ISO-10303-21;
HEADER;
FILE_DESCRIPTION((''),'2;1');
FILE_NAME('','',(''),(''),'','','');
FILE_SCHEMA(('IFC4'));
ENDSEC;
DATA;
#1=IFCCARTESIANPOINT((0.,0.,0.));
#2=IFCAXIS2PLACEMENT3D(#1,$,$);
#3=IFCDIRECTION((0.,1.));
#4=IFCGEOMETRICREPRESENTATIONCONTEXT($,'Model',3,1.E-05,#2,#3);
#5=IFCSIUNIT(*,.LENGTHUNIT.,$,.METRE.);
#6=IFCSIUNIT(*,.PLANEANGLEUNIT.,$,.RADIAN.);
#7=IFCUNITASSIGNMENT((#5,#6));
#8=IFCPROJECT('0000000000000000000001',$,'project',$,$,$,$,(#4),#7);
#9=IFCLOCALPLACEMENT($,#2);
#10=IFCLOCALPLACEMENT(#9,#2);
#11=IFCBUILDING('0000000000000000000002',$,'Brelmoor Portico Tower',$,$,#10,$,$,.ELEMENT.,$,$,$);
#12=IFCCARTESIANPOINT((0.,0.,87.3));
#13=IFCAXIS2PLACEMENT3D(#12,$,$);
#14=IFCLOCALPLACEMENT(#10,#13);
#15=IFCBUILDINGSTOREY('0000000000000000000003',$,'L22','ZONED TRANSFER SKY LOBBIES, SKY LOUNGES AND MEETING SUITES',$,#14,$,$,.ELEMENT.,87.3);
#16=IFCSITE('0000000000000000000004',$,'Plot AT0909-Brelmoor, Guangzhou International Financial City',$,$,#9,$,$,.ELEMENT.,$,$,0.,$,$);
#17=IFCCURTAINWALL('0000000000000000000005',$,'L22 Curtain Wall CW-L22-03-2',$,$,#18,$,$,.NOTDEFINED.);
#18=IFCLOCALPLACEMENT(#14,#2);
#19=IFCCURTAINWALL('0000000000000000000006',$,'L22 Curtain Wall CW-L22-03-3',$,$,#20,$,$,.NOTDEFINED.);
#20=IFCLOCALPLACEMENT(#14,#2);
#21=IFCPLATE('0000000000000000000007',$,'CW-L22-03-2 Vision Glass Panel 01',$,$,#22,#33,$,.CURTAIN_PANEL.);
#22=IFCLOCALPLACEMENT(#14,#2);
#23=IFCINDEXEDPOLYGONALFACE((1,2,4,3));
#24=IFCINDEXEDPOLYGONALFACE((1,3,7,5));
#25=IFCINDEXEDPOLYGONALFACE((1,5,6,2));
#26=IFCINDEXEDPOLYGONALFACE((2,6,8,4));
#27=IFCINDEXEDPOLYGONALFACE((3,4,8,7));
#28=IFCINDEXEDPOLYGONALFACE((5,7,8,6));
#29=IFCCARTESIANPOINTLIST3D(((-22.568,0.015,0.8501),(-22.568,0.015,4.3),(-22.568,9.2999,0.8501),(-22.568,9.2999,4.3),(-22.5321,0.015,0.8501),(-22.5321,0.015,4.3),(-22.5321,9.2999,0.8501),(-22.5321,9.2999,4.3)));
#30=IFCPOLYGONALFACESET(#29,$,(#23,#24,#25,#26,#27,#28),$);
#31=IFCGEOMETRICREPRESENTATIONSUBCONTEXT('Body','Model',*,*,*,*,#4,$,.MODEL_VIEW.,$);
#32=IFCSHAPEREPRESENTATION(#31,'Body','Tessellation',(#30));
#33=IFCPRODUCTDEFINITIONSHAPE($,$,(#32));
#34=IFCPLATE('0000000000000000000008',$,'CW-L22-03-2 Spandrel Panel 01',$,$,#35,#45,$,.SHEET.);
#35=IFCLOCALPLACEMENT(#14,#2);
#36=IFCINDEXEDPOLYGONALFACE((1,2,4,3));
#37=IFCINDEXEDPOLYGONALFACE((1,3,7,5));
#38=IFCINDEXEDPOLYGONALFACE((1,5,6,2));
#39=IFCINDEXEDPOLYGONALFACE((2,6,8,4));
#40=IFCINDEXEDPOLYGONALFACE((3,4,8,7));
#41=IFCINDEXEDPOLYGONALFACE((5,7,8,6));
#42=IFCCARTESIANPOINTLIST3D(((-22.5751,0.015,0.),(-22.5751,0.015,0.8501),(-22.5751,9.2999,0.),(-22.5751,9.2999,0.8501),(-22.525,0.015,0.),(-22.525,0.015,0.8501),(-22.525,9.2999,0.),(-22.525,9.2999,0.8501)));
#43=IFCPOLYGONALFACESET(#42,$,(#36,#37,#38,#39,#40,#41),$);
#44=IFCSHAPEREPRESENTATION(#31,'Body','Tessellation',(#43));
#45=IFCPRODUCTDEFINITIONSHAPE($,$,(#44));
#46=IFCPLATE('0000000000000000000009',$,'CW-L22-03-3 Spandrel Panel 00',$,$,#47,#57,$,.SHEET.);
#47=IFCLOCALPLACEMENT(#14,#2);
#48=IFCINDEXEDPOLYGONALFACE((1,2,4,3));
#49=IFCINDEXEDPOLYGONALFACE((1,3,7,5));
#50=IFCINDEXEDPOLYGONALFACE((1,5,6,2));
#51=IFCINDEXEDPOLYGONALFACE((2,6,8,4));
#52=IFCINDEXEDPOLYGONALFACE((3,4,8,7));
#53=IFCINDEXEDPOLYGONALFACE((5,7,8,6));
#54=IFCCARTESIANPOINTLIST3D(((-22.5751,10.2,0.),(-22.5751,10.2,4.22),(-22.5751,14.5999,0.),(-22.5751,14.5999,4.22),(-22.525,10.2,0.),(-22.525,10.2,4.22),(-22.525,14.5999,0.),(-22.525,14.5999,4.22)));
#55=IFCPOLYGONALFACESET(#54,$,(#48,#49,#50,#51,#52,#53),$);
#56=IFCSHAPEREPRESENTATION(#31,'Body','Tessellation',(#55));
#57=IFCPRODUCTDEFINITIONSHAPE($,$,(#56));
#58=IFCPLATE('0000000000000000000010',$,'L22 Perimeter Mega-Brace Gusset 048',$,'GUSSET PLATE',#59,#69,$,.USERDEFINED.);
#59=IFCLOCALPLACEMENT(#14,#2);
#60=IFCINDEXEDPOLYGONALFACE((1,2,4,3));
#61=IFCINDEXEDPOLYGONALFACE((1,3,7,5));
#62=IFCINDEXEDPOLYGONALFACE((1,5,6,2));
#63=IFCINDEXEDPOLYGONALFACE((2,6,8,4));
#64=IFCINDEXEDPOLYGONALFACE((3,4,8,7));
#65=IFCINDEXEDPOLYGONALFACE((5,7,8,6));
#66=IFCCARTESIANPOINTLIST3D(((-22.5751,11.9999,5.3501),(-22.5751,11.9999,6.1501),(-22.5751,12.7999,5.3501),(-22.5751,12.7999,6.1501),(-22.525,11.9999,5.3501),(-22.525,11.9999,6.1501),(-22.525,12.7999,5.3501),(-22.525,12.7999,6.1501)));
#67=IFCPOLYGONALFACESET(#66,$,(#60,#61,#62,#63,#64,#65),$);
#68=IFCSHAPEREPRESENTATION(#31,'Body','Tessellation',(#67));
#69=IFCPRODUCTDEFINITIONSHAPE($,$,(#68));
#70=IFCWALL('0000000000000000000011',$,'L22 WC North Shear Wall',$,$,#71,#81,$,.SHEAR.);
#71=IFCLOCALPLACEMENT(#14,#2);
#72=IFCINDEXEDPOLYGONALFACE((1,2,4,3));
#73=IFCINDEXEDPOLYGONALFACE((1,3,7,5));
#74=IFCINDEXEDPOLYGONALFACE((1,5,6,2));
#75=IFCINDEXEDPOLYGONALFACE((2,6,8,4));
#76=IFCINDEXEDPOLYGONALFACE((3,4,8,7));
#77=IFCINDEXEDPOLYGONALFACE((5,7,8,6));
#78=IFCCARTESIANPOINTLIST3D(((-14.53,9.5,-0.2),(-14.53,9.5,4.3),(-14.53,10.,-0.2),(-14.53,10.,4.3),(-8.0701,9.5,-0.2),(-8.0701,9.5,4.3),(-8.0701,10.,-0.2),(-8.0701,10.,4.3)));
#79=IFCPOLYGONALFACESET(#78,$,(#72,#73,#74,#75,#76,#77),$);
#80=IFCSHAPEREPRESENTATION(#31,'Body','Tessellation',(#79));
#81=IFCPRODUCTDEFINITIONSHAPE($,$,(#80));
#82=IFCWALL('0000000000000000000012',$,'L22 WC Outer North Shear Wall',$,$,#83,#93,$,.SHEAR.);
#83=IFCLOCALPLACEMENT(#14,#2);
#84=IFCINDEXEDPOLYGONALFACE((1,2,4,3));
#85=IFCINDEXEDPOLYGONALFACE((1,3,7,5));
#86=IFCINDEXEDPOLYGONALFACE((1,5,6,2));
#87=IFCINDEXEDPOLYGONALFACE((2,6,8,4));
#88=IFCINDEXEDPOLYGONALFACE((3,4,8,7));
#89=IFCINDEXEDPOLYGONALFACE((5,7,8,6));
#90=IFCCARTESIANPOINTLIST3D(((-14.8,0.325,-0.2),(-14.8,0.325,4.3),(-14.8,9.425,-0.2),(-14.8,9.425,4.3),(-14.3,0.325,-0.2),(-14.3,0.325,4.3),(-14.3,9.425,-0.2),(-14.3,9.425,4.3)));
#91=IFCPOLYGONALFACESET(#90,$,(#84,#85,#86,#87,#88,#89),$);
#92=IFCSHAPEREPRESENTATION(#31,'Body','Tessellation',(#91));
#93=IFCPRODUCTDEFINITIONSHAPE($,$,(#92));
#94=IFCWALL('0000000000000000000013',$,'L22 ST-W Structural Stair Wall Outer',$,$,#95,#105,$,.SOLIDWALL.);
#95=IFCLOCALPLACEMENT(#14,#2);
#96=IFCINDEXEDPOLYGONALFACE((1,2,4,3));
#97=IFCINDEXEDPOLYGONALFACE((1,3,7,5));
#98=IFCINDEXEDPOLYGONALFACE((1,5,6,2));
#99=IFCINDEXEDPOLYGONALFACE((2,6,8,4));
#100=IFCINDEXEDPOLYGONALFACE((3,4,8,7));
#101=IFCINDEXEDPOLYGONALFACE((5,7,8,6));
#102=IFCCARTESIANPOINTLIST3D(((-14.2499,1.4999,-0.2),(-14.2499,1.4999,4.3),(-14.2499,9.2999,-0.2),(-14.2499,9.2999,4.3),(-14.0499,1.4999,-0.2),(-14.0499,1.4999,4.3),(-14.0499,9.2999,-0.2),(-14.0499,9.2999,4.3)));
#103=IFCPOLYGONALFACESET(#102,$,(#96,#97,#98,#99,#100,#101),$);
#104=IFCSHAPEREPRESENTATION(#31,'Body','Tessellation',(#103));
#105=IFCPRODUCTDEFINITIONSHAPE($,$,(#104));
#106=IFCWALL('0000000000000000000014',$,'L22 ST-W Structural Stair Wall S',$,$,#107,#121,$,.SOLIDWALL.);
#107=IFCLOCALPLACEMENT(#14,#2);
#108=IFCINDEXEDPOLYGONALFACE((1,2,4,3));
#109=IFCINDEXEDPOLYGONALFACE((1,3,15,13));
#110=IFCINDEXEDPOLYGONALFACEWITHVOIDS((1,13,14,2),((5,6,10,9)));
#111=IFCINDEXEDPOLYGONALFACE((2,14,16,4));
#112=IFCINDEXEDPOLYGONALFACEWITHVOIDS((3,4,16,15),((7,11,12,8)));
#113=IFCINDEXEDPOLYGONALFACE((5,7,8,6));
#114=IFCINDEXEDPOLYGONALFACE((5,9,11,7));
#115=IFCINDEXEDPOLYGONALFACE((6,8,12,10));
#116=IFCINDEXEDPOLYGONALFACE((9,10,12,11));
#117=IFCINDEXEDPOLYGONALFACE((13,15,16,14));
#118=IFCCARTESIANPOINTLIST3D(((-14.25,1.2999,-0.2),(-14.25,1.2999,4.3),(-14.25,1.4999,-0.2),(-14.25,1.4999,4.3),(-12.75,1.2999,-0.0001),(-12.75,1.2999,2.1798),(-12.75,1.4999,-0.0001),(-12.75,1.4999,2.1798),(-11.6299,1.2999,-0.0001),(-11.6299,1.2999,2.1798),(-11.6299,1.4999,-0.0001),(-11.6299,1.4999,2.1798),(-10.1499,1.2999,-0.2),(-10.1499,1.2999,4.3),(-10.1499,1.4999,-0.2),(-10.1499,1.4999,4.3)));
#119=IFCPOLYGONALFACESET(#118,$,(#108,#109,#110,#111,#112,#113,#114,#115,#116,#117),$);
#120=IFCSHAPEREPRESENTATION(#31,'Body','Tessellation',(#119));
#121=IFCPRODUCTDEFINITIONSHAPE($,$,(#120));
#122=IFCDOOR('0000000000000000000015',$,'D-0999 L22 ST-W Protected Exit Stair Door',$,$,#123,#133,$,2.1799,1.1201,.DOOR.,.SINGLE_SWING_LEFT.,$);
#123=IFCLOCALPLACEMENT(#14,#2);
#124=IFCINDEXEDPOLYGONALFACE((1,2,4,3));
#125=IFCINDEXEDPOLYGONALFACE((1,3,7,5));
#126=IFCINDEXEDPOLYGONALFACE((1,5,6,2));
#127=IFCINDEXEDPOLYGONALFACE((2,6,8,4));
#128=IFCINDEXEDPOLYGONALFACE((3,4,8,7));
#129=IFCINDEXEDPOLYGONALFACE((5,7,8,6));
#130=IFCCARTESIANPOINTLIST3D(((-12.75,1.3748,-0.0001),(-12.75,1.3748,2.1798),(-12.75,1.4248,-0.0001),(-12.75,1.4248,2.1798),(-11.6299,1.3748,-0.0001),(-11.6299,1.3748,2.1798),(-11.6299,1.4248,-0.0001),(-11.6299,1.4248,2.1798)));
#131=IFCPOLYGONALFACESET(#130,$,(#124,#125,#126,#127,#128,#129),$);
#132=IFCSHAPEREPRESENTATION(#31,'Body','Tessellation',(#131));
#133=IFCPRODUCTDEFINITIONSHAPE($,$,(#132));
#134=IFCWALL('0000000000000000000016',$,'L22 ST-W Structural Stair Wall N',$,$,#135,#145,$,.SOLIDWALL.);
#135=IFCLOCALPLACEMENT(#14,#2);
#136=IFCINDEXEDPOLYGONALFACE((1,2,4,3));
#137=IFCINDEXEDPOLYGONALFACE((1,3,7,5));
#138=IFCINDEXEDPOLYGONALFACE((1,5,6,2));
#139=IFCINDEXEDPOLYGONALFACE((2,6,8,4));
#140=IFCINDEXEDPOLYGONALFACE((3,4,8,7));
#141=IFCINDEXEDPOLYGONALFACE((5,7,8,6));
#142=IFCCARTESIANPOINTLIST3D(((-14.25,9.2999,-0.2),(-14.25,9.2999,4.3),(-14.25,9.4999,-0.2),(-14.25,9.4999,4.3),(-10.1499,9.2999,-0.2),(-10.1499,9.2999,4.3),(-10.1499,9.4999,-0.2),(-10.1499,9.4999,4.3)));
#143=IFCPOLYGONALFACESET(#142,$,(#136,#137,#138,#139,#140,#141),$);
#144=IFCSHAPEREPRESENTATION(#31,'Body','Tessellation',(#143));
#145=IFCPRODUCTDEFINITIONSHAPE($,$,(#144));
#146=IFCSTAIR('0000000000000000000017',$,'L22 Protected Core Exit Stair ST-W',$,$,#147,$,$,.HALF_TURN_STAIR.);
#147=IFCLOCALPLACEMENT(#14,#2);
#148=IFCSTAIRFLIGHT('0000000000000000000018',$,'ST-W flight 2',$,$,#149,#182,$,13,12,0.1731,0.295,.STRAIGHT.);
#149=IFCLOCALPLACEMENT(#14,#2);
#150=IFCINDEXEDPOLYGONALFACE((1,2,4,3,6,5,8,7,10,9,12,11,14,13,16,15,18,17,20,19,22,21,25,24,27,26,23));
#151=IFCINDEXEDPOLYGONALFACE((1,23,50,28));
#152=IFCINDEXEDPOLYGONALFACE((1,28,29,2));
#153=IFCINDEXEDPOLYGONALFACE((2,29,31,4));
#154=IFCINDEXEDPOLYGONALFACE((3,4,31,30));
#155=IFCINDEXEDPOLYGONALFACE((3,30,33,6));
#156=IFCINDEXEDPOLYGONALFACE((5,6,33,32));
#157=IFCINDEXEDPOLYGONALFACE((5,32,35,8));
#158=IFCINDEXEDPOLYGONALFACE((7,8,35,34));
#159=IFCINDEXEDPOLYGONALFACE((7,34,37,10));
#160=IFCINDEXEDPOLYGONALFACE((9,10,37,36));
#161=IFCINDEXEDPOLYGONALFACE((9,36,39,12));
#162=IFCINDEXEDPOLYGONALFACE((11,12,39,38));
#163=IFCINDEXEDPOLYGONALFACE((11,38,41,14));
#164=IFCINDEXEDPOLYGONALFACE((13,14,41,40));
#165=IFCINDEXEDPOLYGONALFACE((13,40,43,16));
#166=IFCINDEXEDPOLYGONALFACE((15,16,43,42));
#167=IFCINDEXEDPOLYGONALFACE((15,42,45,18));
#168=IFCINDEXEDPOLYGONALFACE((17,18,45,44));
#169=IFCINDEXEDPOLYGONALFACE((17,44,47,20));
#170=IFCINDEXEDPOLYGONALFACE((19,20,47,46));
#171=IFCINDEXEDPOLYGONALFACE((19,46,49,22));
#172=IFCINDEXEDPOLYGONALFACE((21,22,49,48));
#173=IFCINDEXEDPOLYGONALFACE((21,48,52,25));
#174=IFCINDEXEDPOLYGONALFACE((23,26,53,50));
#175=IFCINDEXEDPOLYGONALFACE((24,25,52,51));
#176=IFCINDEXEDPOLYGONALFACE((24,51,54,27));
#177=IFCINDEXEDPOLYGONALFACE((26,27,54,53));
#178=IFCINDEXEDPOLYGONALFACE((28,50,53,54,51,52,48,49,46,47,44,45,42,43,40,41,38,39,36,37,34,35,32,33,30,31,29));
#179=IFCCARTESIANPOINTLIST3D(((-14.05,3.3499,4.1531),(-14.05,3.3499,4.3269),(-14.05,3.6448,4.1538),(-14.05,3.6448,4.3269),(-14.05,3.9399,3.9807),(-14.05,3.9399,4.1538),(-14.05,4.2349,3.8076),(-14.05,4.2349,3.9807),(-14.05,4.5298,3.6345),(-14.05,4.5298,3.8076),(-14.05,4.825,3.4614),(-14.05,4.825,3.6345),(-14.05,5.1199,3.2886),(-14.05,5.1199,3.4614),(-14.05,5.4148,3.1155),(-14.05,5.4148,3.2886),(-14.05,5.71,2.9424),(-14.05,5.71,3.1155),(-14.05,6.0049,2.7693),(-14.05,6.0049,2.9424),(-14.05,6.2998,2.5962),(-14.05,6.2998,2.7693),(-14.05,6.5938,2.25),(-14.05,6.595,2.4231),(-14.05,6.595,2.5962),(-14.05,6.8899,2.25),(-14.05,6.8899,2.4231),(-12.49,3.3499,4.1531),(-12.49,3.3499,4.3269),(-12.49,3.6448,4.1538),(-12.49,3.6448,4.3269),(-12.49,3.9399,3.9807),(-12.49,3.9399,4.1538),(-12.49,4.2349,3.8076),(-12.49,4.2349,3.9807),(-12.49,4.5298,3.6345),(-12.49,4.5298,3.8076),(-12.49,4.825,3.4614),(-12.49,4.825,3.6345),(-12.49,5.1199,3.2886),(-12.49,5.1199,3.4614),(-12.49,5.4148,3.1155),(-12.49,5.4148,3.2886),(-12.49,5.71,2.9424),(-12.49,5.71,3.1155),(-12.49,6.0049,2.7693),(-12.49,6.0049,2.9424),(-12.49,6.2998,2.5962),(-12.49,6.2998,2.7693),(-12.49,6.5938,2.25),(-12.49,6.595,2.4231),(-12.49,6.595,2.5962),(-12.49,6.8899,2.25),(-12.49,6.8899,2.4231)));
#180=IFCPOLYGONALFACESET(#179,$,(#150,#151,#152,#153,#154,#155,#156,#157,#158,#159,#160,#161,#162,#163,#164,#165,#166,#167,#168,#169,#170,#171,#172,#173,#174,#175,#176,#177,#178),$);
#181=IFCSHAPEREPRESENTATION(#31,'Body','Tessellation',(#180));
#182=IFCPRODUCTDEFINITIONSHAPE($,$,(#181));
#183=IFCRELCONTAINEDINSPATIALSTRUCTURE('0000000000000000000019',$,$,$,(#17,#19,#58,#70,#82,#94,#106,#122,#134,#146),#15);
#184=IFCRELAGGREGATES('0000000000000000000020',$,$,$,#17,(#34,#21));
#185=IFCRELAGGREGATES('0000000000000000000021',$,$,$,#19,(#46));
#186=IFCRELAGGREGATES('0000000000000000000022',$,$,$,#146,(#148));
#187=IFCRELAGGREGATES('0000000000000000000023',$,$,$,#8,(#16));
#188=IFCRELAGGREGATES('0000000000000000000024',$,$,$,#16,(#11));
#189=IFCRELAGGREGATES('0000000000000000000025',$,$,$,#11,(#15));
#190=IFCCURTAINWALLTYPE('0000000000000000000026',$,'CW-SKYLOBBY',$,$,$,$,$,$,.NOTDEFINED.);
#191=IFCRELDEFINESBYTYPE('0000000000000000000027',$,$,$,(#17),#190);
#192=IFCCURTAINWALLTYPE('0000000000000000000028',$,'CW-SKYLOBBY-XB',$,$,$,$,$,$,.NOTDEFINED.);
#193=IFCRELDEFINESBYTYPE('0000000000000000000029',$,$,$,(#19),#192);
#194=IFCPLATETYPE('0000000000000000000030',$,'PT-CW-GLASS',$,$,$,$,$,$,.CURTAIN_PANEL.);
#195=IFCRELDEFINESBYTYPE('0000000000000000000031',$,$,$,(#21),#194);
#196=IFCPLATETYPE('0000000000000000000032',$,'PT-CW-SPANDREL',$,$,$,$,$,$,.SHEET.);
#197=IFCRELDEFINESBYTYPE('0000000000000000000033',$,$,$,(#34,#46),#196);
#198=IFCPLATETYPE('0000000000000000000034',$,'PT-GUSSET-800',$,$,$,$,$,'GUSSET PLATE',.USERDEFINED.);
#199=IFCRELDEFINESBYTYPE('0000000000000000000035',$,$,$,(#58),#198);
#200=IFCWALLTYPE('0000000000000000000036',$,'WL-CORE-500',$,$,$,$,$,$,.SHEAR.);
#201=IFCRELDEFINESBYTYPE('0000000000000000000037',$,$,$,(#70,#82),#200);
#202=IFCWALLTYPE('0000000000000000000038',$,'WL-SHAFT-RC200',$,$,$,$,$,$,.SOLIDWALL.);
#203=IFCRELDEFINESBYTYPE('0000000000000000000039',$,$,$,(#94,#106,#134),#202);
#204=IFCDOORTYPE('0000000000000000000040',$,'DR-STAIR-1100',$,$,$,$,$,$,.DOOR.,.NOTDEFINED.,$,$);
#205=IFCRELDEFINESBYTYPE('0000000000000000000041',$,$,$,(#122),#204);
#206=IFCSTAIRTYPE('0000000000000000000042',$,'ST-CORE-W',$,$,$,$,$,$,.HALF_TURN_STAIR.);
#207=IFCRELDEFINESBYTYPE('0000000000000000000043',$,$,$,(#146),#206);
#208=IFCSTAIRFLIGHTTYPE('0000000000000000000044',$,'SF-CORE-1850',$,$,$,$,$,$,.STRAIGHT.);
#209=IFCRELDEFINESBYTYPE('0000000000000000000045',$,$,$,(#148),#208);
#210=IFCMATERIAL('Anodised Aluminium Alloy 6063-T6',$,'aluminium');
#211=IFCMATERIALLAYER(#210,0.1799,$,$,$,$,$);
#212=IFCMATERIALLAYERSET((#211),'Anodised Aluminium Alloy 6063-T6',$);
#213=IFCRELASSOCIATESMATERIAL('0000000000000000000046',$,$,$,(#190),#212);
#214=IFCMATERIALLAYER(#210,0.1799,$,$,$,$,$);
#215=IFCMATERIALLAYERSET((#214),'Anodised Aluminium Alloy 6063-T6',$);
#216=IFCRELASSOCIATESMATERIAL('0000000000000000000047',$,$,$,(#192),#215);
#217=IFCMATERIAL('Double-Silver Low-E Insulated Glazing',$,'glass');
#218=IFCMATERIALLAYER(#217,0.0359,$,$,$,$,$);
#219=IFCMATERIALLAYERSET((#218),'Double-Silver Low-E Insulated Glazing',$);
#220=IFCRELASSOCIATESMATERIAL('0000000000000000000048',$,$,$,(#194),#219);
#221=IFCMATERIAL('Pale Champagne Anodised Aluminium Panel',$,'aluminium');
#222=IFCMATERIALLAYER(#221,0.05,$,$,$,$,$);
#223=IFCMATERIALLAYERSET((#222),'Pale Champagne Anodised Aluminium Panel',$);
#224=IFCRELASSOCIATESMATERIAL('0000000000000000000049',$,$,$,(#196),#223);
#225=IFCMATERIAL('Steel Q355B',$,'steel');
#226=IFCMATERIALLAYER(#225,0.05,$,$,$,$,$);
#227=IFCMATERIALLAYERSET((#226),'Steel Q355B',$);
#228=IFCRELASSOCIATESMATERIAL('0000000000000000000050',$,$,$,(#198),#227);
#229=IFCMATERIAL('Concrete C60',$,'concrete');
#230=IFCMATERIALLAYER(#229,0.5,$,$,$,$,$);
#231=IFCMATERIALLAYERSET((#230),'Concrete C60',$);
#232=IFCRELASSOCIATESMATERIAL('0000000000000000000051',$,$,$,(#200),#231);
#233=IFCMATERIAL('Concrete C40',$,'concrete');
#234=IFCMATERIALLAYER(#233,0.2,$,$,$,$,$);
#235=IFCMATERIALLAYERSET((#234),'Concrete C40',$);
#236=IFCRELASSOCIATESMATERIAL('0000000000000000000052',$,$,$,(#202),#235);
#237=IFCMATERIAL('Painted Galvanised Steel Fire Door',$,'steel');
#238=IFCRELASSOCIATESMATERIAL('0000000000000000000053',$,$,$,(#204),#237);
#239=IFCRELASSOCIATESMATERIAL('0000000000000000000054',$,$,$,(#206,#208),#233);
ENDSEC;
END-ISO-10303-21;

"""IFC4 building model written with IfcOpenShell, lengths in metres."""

from ifc_helpers import new_model, si_unit, direction, frame, frame_2d, origin, origin_2d, place, context, subcontext, project, spatial, polyline, rectangle, outline, extrude, material, layer, layer_set, type_object, element, fill, aggregate, save


model = new_model("IFC4")

# Units and contexts
model_context = context("Model", 3, precision=1e-05, world=origin(), true_north=direction((0.0, 1.0)))
body_context = subcontext(model_context, "Body", "Model", "MODEL_VIEW")
ifc_project = project(units=[si_unit("LENGTHUNIT", "METRE"), si_unit("PLANEANGLEUNIT", "RADIAN")], contexts=[model_context])

# Site, building, storey
site_placement = place(None, origin())
site = spatial("IfcSite", under=ifc_project, at=site_placement, Name="Plot AT0909-Brelmoor, Guangzhou International Financial City", CompositionType="ELEMENT", RefElevation=0.0)
building_placement = place(site_placement, origin())
building = spatial("IfcBuilding", under=site, at=building_placement, Name="Brelmoor Portico Tower", CompositionType="ELEMENT")
storey_placement = place(building_placement, frame((0.0, 0.0, 87.3)))
storey = spatial("IfcBuildingStorey", under=building, at=storey_placement, Name="L22", Description="ZONED TRANSFER SKY LOBBIES, SKY LOUNGES AND MEETING SUITES", CompositionType="ELEMENT", Elevation=87.3)

# Shared definitions
ifc_material_1 = material(Name="Steel Q355B", Category="steel")

# Curtain wall
ifc_material_2 = material(Name="Anodised Aluminium Alloy 6063-T6", Category="aluminium")
ifc_layer_1 = layer(ifc_material_2, 0.1799)
ifc_layer_set_1 = layer_set([ifc_layer_1], Name="Anodised Aluminium Alloy 6063-T6")
curtain_wall_type_1 = type_object("IfcCurtainWallType", Name="CW-SKYLOBBY", PredefinedType="NOTDEFINED", material=ifc_layer_set_1)
curtain_wall_1_placement = place(storey_placement, origin())
curtain_wall_1 = element("IfcCurtainWall", 1, at=curtain_wall_1_placement, inside=storey, type_object=curtain_wall_type_1, Name="L22 Curtain Wall CW-L22-03-2", PredefinedType="NOTDEFINED")

# Curtain wall
ifc_layer_2 = layer(ifc_material_2, 0.1799)
ifc_layer_set_2 = layer_set([ifc_layer_2], Name="Anodised Aluminium Alloy 6063-T6")
curtain_wall_type_2 = type_object("IfcCurtainWallType", Name="CW-SKYLOBBY-XB", PredefinedType="NOTDEFINED", material=ifc_layer_set_2)
curtain_wall_2_placement = place(storey_placement, origin())
curtain_wall_2 = element("IfcCurtainWall", 2, at=curtain_wall_2_placement, inside=storey, type_object=curtain_wall_type_2, Name="L22 Curtain Wall CW-L22-03-3", PredefinedType="NOTDEFINED")

# Plates
ifc_material_3 = material(Name="Double-Silver Low-E Insulated Glazing", Category="glass")
ifc_layer_3 = layer(ifc_material_3, 0.0359)
ifc_layer_set_3 = layer_set([ifc_layer_3], Name="Double-Silver Low-E Insulated Glazing")
plate_type_1 = type_object("IfcPlateType", Name="PT-CW-GLASS", PredefinedType="CURTAIN_PANEL", material=ifc_layer_set_3)
plate_1_placement = place(storey_placement, frame((-22.55, 4.6575, 0.8501), z_axis=(0.0, 0.0, 1.0), x_axis=(0.0, 1.0, 0.0)))
plate_1 = element("IfcPlate", 3, at=plate_1_placement, type_object=plate_type_1, Name="CW-L22-03-2 Vision Glass Panel 01", PredefinedType="CURTAIN_PANEL", context=body_context, shape_type="SweptSolid", body=[
    extrude(rectangle(XDim=9.2849, YDim=0.0359, at=origin_2d()), origin(), (0.0, 0.0, 1.0), 3.45),
])
ifc_material_4 = material(Name="Pale Champagne Anodised Aluminium Panel", Category="aluminium")
ifc_layer_4 = layer(ifc_material_4, 0.05)
ifc_layer_set_4 = layer_set([ifc_layer_4], Name="Pale Champagne Anodised Aluminium Panel")
plate_type_2 = type_object("IfcPlateType", Name="PT-CW-SPANDREL", PredefinedType="SHEET", material=ifc_layer_set_4)
plate_2_placement = place(storey_placement, frame((-22.55, 4.6575, 0.0), z_axis=(0.0, 0.0, 1.0), x_axis=(0.0, 1.0, 0.0)))
plate_2 = element("IfcPlate", 4, at=plate_2_placement, type_object=plate_type_2, Name="CW-L22-03-2 Spandrel Panel 01", PredefinedType="SHEET", context=body_context, shape_type="SweptSolid", body=[
    extrude(rectangle(XDim=9.2849, YDim=0.05, at=origin_2d()), origin(), (0.0, 0.0, 1.0), 0.8501),
])
aggregate(curtain_wall_1, [plate_2, plate_1])
plate_3_placement = place(storey_placement, frame((-22.55, 12.3999, 0.0), z_axis=(0.0, 0.0, 1.0), x_axis=(0.0, 1.0, 0.0)))
plate_3 = element("IfcPlate", 5, at=plate_3_placement, type_object=plate_type_2, Name="CW-L22-03-3 Spandrel Panel 00", PredefinedType="SHEET", context=body_context, shape_type="SweptSolid", body=[
    extrude(rectangle(XDim=4.3999, YDim=0.05, at=origin_2d()), origin(), (0.0, 0.0, 1.0), 4.22),
])
aggregate(curtain_wall_2, [plate_3])
ifc_layer_5 = layer(ifc_material_1, 0.05)
ifc_layer_set_5 = layer_set([ifc_layer_5], Name="Steel Q355B")
plate_type_3 = type_object("IfcPlateType", Name="PT-GUSSET-800", ElementType="GUSSET PLATE", PredefinedType="USERDEFINED", material=ifc_layer_set_5)
plate_4_placement = place(storey_placement, frame((-22.55, 12.3999, 5.3501), z_axis=(0.0, 0.0, 1.0), x_axis=(1.0, 0.0, 0.0)))
element("IfcPlate", 6, at=plate_4_placement, inside=storey, type_object=plate_type_3, Name="L22 Perimeter Mega-Brace Gusset 048", ObjectType="GUSSET PLATE", PredefinedType="USERDEFINED", context=body_context, shape_type="SweptSolid", body=[
    extrude(rectangle(XDim=0.05, YDim=0.8, at=origin_2d()), origin(), (0.0, 0.0, 1.0), 0.8),
])

# Walls
ifc_material_5 = material(Name="Concrete C60", Category="concrete")
ifc_layer_6 = layer(ifc_material_5, 0.5)
ifc_layer_set_6 = layer_set([ifc_layer_6], Name="Concrete C60")
wall_type_1 = type_object("IfcWallType", Name="WL-CORE-500", PredefinedType="SHEAR", material=ifc_layer_set_6)
wall_1_placement = place(storey_placement, frame((-14.53, 9.75, -0.2), z_axis=(0.0, 0.0, 1.0), x_axis=(1.0, 0.0, 0.0)))
element("IfcWall", 7, at=wall_1_placement, inside=storey, type_object=wall_type_1, Name="L22 WC North Shear Wall", PredefinedType="SHEAR", context=body_context, shape_type="SweptSolid", body=[
    extrude(rectangle(XDim=6.46, YDim=0.5, at=frame_2d((3.23, 0.0))), origin(), (0.0, 0.0, 1.0), 4.5),
])
wall_2_placement = place(storey_placement, frame((-14.55, 0.325, -0.2), z_axis=(0.0, 0.0, 1.0), x_axis=(0.0, 1.0, 0.0)))
element("IfcWall", 8, at=wall_2_placement, inside=storey, type_object=wall_type_1, Name="L22 WC Outer North Shear Wall", PredefinedType="SHEAR", context=body_context, shape_type="SweptSolid", body=[
    extrude(rectangle(XDim=9.1001, YDim=0.5, at=frame_2d((4.55, 0.0))), origin(), (0.0, 0.0, 1.0), 4.5),
])
ifc_material_6 = material(Name="Concrete C40", Category="concrete")
ifc_layer_7 = layer(ifc_material_6, 0.2)
ifc_layer_set_7 = layer_set([ifc_layer_7], Name="Concrete C40")
wall_type_2 = type_object("IfcWallType", Name="WL-SHAFT-RC200", PredefinedType="SOLIDWALL", material=ifc_layer_set_7)
wall_3_placement = place(storey_placement, frame((-14.1499, 1.5, -0.2), z_axis=(0.0, 0.0, 1.0), x_axis=(0.0, 1.0, 0.0)))
element("IfcWall", 9, at=wall_3_placement, inside=storey, type_object=wall_type_2, Name="L22 ST-W Structural Stair Wall Outer", PredefinedType="SOLIDWALL", context=body_context, shape_type="SweptSolid", body=[
    extrude(rectangle(XDim=7.8, YDim=0.2, at=frame_2d((3.8999, 0.0))), origin(), (0.0, 0.0, 1.0), 4.5),
])

# Wall, opening, door
wall_4_placement = place(storey_placement, frame((-14.25, 1.3999, -0.2), z_axis=(0.0, 0.0, 1.0), x_axis=(1.0, 0.0, 0.0)))
wall_4 = element("IfcWall", 10, at=wall_4_placement, inside=storey, type_object=wall_type_2, Name="L22 ST-W Structural Stair Wall S", PredefinedType="SOLIDWALL", context=body_context, shape_type="SweptSolid", body=[
    extrude(rectangle(XDim=4.1001, YDim=0.2, at=frame_2d((2.05, 0.0))), origin(), (0.0, 0.0, 1.0), 4.5),
])
opening_placement = place(wall_4_placement, frame((1.5, 0.0, 0.2)))
opening = element("IfcOpeningElement", 11, at=opening_placement, cuts=wall_4, PredefinedType="OPENING", context=body_context, shape_type="SweptSolid", body=[
    extrude(rectangle(XDim=1.1201, YDim=2.1799, at=frame_2d((0.5601, 1.0898))), frame((0.0, 0.1099, 0.0), z_axis=(0.0, -1.0, 0.0), x_axis=(1.0, 0.0, 0.0)), (0.0, 0.0, 1.0), 0.22),
])
ifc_material_7 = material(Name="Painted Galvanised Steel Fire Door", Category="steel")
door_type = type_object("IfcDoorType", Name="DR-STAIR-1100", OperationType="NOTDEFINED", PredefinedType="DOOR", material=ifc_material_7)
door_placement = place(opening_placement, origin())
door = element("IfcDoor", 12, at=door_placement, inside=storey, type_object=door_type, Name="D-0999 L22 ST-W Protected Exit Stair Door", OperationType="SINGLE_SWING_LEFT", OverallHeight=2.1799, OverallWidth=1.1201, PredefinedType="DOOR", context=body_context, shape_type="SweptSolid", body=[
    extrude(rectangle(XDim=1.1201, YDim=2.1799, at=frame_2d((0.5601, 1.0898))), frame((0.0, 0.0249, 0.0), z_axis=(0.0, -1.0, 0.0), x_axis=(1.0, 0.0, 0.0)), (0.0, 0.0, 1.0), 0.05),
])
fill(opening, door)

# Wall
wall_5_placement = place(storey_placement, frame((-14.25, 9.3999, -0.2), z_axis=(0.0, 0.0, 1.0), x_axis=(1.0, 0.0, 0.0)))
element("IfcWall", 13, at=wall_5_placement, inside=storey, type_object=wall_type_2, Name="L22 ST-W Structural Stair Wall N", PredefinedType="SOLIDWALL", context=body_context, shape_type="SweptSolid", body=[
    extrude(rectangle(XDim=4.1001, YDim=0.2, at=frame_2d((2.05, 0.0))), origin(), (0.0, 0.0, 1.0), 4.5),
])

# Stair, stair flight
stair_type = type_object("IfcStairType", Name="ST-CORE-W", PredefinedType="HALF_TURN_STAIR", material=ifc_material_6)
stair_placement = place(storey_placement, origin())
stair = element("IfcStair", 14, at=stair_placement, inside=storey, type_object=stair_type, Name="L22 Protected Core Exit Stair ST-W", PredefinedType="HALF_TURN_STAIR")
stair_flight_type = type_object("IfcStairFlightType", Name="SF-CORE-1850", PredefinedType="STRAIGHT", material=ifc_material_6)
stair_flight_placement = place(storey_placement, frame((-13.27, 6.8899, 2.25), z_axis=(0.0, 0.0, 1.0), x_axis=(0.0, -1.0, 0.0)))
stair_flight = element("IfcStairFlight", 15, at=stair_flight_placement, type_object=stair_flight_type, Name="ST-W flight 2", NumberOfRisers=13, NumberOfTreads=12, PredefinedType="STRAIGHT", RiserHeight=0.1731, TreadLength=0.295, context=body_context, shape_type="SweptSolid", body=[
    extrude(outline(polyline([(0.0, 0.0), (0.0, 0.1731), (0.2949, 0.1731), (0.2949, 0.3462), (0.5901, 0.3462), (0.5901, 0.5193), (0.885, 0.5193), (0.885, 0.6924), (1.1799, 0.6924), (1.1799, 0.8655), (1.4751, 0.8655), (1.4751, 1.0386), (1.77, 1.0386), (1.77, 1.2114), (2.0649, 1.2114), (2.0649, 1.3845), (2.3601, 1.3845), (2.3601, 1.5576), (2.655, 1.5576), (2.655, 1.7307), (2.95, 1.7307), (2.95, 1.9038), (3.2451, 1.9038), (3.2451, 2.0769), (3.54, 2.0769), (3.54, 2.25), (3.54, 1.9031), (0.2961, 0.0), (0.0, 0.0)])), frame((0.0, 0.78, 0.0), z_axis=(0.0, -1.0, 0.0), x_axis=(1.0, 0.0, 0.0)), (0.0, 0.0, 1.0), 1.5601),
])
aggregate(stair, [stair_flight])

save(model, "model.ifc")
